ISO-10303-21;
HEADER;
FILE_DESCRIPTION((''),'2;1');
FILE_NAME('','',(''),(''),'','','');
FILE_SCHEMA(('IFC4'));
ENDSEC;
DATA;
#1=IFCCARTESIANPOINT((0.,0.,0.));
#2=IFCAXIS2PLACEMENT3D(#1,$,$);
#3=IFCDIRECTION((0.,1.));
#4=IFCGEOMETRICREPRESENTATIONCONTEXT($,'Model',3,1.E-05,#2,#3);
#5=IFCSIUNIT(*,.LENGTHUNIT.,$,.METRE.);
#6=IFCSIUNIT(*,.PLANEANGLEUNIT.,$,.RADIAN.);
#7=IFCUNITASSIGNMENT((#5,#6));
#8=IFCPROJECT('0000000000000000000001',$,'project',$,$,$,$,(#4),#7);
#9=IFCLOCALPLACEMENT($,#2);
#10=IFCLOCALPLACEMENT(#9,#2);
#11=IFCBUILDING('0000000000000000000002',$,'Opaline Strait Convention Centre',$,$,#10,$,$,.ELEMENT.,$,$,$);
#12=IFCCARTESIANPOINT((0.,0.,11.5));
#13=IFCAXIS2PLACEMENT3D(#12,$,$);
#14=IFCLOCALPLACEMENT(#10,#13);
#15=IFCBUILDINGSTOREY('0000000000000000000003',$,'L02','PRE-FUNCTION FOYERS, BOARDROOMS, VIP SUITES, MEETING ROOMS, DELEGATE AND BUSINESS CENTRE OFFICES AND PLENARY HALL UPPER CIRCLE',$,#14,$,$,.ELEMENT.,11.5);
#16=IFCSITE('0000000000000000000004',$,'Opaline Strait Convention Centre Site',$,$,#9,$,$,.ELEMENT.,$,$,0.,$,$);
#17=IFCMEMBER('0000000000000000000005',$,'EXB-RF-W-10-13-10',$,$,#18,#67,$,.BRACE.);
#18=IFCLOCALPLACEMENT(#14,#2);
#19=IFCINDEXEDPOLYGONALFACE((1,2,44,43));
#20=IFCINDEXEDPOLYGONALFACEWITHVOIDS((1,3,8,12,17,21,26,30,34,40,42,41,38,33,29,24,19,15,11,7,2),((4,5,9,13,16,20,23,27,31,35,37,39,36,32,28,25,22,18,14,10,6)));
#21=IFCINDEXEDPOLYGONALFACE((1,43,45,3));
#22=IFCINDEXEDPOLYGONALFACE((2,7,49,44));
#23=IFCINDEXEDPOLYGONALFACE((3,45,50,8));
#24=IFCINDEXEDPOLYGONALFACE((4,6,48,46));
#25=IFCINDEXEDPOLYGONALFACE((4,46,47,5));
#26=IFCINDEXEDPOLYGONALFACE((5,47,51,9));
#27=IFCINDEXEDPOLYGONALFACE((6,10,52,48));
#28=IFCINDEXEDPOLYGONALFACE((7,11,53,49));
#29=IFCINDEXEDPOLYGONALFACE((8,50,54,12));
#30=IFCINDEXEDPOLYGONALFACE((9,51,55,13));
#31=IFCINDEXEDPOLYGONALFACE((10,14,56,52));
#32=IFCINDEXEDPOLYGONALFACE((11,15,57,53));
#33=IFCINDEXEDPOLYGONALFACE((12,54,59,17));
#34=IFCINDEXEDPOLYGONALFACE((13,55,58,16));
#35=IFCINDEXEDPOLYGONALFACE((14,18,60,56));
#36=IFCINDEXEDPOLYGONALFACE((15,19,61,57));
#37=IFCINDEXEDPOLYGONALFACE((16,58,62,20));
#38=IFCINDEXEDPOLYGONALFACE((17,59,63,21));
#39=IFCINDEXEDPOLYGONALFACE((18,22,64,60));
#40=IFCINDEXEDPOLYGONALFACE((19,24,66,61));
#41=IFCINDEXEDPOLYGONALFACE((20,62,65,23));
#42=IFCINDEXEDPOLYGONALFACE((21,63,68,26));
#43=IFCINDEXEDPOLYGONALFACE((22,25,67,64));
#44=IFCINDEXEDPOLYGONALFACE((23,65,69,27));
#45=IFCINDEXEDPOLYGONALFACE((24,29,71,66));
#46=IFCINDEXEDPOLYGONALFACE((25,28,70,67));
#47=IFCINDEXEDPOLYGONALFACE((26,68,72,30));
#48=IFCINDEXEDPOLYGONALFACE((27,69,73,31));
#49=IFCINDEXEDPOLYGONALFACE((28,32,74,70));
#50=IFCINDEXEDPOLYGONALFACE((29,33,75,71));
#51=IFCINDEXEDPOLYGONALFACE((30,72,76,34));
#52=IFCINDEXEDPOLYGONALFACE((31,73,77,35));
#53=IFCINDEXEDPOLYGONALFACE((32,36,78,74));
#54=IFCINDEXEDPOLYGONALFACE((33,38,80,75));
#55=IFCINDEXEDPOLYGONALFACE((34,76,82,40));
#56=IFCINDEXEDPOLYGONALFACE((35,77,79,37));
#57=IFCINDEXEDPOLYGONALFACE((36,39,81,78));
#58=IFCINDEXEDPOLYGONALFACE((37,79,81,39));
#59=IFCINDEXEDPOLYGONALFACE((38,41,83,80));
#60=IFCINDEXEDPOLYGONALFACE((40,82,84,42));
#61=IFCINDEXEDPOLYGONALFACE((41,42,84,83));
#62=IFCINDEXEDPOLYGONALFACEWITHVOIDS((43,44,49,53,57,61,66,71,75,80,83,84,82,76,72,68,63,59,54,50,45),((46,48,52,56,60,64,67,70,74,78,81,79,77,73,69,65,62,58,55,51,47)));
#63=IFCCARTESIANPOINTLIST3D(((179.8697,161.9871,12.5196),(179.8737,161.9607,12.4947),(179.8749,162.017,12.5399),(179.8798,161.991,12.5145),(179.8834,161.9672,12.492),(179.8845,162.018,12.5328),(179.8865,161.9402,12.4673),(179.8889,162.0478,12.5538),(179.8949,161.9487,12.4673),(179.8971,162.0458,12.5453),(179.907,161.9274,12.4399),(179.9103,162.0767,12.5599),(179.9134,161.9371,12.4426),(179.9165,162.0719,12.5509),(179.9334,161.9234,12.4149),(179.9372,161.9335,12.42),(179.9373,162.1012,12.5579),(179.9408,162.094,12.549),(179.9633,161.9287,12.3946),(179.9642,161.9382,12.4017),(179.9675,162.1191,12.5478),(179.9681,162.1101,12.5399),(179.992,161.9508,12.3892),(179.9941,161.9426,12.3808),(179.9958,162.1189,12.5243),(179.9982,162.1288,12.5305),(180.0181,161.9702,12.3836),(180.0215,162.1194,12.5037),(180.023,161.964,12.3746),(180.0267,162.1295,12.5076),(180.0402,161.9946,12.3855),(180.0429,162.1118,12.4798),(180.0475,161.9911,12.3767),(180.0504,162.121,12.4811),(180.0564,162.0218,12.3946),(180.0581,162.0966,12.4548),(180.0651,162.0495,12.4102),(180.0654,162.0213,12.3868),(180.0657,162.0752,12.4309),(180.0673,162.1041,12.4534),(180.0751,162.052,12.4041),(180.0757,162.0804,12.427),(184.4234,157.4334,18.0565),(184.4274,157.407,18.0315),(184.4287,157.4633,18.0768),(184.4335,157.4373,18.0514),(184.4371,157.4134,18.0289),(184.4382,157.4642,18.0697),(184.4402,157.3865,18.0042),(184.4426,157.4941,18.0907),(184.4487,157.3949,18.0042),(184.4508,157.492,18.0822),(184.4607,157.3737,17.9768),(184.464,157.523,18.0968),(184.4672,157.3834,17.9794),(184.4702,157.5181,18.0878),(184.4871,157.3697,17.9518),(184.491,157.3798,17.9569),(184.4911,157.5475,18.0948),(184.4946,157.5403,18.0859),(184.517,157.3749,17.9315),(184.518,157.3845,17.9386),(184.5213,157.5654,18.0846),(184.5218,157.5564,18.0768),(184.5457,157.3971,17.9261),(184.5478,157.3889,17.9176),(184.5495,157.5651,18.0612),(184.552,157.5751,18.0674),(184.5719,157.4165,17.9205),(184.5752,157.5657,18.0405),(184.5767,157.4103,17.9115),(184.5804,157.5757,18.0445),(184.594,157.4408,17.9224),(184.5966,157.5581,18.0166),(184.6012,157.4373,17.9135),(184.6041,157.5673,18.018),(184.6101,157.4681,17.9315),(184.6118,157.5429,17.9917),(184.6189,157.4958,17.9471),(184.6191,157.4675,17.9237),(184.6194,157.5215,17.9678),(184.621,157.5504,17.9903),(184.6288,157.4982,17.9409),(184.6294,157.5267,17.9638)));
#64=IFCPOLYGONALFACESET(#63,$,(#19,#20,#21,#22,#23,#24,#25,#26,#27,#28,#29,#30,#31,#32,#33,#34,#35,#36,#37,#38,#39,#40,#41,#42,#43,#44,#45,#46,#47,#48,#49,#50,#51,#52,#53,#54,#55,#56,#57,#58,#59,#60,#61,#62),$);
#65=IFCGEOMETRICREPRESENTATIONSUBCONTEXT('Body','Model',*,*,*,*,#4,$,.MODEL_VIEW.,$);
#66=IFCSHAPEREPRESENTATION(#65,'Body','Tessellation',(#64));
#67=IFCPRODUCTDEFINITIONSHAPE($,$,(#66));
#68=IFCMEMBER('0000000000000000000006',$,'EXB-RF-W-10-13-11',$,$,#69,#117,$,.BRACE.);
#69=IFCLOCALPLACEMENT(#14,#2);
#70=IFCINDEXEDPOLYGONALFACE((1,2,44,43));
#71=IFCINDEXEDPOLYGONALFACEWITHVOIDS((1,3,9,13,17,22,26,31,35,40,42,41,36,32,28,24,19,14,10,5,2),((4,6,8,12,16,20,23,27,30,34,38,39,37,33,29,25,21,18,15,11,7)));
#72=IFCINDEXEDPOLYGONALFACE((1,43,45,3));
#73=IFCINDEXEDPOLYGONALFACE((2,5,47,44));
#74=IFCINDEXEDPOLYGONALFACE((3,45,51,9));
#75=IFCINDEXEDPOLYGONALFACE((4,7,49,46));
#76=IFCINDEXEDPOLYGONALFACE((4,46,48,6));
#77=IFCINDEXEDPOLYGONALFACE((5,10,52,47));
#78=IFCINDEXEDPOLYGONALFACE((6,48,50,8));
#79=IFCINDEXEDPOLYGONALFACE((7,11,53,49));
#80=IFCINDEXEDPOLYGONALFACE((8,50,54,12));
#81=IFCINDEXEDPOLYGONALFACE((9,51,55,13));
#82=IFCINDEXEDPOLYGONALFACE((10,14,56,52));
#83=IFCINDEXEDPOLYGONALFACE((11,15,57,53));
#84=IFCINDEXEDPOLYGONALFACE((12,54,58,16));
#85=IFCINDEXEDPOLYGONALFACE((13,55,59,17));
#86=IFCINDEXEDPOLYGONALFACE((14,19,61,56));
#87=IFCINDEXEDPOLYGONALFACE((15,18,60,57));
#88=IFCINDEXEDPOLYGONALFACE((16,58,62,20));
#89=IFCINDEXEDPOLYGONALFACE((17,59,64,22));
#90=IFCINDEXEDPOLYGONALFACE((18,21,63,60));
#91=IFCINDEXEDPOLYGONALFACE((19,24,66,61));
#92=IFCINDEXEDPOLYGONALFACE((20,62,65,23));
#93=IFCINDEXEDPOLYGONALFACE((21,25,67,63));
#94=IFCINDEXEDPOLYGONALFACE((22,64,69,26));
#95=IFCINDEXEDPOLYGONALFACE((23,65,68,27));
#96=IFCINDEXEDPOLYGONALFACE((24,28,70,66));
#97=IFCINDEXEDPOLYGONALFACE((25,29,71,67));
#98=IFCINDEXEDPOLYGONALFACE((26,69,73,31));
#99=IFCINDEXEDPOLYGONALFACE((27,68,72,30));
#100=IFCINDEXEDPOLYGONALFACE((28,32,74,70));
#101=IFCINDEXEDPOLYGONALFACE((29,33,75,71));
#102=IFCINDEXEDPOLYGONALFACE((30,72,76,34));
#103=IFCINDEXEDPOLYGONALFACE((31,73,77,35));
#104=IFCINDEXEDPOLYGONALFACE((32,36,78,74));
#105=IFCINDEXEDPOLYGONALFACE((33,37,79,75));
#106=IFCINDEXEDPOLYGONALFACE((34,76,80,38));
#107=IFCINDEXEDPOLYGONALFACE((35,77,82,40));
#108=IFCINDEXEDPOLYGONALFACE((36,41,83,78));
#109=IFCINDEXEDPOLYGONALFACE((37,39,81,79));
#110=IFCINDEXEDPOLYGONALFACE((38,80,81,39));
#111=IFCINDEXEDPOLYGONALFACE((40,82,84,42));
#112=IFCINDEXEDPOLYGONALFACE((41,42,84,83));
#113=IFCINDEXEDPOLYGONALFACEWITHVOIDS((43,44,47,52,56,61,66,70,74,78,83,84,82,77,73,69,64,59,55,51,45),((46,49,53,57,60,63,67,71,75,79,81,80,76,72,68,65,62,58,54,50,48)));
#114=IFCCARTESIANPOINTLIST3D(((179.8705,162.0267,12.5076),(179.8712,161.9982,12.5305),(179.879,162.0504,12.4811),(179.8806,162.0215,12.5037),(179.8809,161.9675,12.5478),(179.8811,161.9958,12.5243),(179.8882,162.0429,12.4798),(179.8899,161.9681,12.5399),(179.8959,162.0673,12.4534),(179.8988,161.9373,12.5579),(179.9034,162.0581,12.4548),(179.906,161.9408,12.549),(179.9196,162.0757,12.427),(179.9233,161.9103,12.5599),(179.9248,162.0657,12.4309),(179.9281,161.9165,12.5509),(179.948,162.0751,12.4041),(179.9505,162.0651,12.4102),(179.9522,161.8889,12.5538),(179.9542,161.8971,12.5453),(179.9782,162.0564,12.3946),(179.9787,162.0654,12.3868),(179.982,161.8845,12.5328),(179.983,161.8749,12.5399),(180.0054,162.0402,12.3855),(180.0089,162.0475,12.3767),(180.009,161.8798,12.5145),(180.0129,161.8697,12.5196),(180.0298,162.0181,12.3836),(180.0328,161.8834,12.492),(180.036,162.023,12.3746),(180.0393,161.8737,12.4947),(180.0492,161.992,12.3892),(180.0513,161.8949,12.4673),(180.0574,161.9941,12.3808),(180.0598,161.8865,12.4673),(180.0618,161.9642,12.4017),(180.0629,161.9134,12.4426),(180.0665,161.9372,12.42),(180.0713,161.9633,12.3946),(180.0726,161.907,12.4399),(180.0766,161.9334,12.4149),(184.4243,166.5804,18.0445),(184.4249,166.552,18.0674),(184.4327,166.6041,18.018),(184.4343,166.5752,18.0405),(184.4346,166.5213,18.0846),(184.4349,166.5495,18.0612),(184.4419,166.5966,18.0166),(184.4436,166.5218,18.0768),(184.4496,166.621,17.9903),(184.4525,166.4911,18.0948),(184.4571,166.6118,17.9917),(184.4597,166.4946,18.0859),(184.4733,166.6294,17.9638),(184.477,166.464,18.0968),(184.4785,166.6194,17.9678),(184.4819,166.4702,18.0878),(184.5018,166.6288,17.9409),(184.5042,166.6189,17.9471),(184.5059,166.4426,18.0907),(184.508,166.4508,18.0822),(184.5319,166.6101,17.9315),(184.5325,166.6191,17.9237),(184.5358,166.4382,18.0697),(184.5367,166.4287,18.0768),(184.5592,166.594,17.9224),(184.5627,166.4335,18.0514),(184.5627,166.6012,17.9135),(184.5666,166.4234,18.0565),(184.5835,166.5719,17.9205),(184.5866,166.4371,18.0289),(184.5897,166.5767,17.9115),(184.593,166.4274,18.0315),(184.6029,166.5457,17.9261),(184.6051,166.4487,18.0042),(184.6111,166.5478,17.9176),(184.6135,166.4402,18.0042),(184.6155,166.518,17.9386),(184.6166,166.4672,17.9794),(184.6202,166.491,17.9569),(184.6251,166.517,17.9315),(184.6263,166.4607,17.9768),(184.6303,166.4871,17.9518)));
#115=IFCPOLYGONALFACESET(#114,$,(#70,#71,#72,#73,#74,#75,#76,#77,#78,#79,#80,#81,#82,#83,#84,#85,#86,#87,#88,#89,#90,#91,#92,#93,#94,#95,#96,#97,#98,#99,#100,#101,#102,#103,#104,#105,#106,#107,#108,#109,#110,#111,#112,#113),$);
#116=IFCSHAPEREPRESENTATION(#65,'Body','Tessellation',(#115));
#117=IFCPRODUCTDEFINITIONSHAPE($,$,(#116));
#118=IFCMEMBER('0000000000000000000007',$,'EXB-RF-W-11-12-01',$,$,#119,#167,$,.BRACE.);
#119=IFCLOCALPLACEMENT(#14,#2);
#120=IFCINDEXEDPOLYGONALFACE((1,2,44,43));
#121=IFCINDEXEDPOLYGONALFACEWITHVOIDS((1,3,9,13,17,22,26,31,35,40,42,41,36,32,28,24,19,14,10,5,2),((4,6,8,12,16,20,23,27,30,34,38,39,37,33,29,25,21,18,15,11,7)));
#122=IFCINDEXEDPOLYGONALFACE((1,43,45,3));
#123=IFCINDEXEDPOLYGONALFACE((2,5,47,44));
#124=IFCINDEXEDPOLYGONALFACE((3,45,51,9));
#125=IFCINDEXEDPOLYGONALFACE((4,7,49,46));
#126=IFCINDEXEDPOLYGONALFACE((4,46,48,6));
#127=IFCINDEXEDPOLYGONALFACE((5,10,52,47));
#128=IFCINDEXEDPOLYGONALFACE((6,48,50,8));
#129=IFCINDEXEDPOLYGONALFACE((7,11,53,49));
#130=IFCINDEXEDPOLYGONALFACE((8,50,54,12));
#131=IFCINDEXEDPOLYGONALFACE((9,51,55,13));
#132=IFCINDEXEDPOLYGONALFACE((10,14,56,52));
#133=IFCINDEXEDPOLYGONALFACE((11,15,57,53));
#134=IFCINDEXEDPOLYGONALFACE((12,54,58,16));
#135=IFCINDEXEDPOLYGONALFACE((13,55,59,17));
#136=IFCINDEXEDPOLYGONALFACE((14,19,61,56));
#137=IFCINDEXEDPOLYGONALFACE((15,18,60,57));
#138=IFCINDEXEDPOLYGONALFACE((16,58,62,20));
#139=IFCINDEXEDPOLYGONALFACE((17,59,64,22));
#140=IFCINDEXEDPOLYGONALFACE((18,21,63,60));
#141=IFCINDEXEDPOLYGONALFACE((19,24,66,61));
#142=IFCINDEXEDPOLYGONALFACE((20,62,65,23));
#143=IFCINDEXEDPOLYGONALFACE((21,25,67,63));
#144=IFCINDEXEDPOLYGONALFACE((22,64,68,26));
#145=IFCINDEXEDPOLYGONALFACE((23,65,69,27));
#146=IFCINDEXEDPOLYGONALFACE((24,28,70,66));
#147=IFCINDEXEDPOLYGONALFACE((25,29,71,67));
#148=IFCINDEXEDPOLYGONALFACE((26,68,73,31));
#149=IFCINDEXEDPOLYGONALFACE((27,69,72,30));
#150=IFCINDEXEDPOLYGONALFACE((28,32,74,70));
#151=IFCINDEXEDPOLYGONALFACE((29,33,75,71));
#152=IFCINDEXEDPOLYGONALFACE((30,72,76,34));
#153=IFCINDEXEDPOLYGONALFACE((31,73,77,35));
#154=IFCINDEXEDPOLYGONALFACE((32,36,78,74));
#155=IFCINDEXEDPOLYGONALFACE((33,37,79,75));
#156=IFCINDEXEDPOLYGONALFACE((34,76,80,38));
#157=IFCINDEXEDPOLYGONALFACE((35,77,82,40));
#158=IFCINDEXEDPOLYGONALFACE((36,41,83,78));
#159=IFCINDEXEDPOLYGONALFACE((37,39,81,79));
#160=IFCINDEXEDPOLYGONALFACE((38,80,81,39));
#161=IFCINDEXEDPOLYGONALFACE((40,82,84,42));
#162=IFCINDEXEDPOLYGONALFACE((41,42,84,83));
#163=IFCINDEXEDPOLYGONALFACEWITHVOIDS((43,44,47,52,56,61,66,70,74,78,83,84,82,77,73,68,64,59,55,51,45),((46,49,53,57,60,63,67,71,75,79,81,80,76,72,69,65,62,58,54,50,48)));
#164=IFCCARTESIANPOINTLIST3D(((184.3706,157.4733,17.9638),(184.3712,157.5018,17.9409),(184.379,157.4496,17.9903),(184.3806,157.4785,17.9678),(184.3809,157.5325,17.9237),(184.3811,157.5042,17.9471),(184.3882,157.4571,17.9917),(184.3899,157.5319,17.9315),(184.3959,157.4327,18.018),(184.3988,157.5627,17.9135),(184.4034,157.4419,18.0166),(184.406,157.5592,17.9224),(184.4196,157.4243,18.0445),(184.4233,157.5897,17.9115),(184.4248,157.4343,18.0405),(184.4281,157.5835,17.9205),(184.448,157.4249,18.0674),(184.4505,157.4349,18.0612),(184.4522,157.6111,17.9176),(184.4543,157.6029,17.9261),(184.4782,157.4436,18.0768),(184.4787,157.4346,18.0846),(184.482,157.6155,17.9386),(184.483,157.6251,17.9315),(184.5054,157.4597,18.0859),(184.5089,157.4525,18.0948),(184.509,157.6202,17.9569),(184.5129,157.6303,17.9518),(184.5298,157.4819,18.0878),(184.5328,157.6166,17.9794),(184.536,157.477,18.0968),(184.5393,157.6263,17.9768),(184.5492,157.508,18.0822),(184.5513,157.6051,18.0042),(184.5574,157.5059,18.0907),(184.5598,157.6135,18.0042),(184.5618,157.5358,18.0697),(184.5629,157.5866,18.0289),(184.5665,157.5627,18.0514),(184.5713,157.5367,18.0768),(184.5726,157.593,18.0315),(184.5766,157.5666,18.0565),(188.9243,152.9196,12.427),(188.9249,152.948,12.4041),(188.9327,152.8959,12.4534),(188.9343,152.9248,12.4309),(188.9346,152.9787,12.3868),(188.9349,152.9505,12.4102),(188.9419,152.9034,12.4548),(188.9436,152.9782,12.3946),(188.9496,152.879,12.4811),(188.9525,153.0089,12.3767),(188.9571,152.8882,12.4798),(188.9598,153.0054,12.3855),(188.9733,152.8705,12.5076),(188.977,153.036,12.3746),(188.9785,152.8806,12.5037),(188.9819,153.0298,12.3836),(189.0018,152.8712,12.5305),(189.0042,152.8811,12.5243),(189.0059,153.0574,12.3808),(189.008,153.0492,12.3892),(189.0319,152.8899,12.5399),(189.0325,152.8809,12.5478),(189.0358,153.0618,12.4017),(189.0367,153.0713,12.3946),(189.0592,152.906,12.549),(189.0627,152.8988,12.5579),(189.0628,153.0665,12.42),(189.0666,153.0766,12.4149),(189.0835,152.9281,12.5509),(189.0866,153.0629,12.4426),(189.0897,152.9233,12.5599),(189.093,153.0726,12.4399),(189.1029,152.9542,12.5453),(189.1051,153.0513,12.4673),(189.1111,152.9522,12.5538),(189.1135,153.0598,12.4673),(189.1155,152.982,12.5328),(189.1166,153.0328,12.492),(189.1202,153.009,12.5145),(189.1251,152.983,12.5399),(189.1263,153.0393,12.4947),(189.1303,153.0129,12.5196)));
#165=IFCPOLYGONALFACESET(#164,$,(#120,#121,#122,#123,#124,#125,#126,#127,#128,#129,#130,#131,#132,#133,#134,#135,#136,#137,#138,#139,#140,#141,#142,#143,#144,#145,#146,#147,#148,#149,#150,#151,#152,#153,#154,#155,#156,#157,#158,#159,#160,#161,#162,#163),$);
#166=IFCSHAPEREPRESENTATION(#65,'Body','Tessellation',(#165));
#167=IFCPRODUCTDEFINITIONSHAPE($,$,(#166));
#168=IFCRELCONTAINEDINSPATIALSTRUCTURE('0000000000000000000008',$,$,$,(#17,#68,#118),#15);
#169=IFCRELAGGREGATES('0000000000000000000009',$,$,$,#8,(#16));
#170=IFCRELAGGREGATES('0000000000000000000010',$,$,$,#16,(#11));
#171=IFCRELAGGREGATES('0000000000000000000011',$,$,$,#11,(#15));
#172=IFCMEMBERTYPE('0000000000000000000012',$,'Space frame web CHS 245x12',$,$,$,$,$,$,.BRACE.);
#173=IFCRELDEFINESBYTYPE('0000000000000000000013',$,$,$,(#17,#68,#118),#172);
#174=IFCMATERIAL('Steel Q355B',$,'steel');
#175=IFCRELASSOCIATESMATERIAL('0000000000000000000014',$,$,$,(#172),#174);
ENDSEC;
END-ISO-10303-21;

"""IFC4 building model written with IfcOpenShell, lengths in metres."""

from ifc_helpers import new_model, si_unit, direction, frame, origin, origin_2d, place, context, subcontext, project, spatial, hollow_circle, extrude, material, material_profile, profile_set, type_object, element, save


model = new_model("IFC4")

# Units and contexts
model_context = context("Model", 3, precision=1e-05, world=origin(), true_north=direction((0.0, 1.0)))
body_context = subcontext(model_context, "Body", "Model", "MODEL_VIEW")
ifc_project = project(units=[si_unit("LENGTHUNIT", "METRE"), si_unit("PLANEANGLEUNIT", "RADIAN")], contexts=[model_context])

# Site, building, storey
site_placement = place(None, origin())
site = spatial("IfcSite", under=ifc_project, at=site_placement, Name="Opaline Strait Convention Centre Site", CompositionType="ELEMENT", RefElevation=0.0)
building_placement = place(site_placement, origin())
building = spatial("IfcBuilding", under=site, at=building_placement, Name="Opaline Strait Convention Centre", CompositionType="ELEMENT")
storey_placement = place(building_placement, frame((0.0, 0.0, 11.5)))
storey = spatial("IfcBuildingStorey", under=building, at=storey_placement, Name="L02", Description="PRE-FUNCTION FOYERS, BOARDROOMS, VIP SUITES, MEETING ROOMS, DELEGATE AND BUSINESS CENTRE OFFICES AND PLENARY HALL UPPER CIRCLE", CompositionType="ELEMENT", Elevation=11.5)

# Members
ifc_material_1 = material(Name="Steel Q355B", Category="steel")
ifc_material_profile_1 = material_profile(ifc_material_1, hollow_circle(Radius=0.1226, WallThickness=0.012, at=origin_2d()), Name="CHS 245x12")
ifc_profile_set_1 = profile_set([ifc_material_profile_1], Name="Steel Q355B")
member_type_1 = type_object("IfcMemberType", Name="Space frame web CHS 245x12", PredefinedType="BRACE", material=ifc_profile_set_1)
for number, where, z_axis, x_axis, name in (
    (1, (184.5269, 157.4731, 18.0042), (-0.536178, 0.536178, -0.65194), (-0.707107, -0.707107, 0.0), "EXB-RF-W-10-13-10"),
    (2, (184.5269, 166.5269, 18.0042), (-0.536178, -0.536178, -0.65194), (0.707107, -0.707107, 0.0), "EXB-RF-W-10-13-11"),
    (3, (184.4731, 157.5269, 18.0042), (0.536178, -0.536178, -0.65194), (0.707107, 0.707107, 0.0), "EXB-RF-W-11-12-01"),
):
    element("IfcMember", number, at=place(storey_placement, frame(where, z_axis=z_axis, x_axis=x_axis)), inside=storey, type_object=member_type_1, Name=name, PredefinedType="BRACE", context=body_context, shape_type="SweptSolid", body=[
        extrude(hollow_circle(Radius=0.1226, WallThickness=0.012, at=origin_2d()), origin(), (0.0, 0.0, 1.0), 8.4929),
    ])

save(model, "model.ifc")
